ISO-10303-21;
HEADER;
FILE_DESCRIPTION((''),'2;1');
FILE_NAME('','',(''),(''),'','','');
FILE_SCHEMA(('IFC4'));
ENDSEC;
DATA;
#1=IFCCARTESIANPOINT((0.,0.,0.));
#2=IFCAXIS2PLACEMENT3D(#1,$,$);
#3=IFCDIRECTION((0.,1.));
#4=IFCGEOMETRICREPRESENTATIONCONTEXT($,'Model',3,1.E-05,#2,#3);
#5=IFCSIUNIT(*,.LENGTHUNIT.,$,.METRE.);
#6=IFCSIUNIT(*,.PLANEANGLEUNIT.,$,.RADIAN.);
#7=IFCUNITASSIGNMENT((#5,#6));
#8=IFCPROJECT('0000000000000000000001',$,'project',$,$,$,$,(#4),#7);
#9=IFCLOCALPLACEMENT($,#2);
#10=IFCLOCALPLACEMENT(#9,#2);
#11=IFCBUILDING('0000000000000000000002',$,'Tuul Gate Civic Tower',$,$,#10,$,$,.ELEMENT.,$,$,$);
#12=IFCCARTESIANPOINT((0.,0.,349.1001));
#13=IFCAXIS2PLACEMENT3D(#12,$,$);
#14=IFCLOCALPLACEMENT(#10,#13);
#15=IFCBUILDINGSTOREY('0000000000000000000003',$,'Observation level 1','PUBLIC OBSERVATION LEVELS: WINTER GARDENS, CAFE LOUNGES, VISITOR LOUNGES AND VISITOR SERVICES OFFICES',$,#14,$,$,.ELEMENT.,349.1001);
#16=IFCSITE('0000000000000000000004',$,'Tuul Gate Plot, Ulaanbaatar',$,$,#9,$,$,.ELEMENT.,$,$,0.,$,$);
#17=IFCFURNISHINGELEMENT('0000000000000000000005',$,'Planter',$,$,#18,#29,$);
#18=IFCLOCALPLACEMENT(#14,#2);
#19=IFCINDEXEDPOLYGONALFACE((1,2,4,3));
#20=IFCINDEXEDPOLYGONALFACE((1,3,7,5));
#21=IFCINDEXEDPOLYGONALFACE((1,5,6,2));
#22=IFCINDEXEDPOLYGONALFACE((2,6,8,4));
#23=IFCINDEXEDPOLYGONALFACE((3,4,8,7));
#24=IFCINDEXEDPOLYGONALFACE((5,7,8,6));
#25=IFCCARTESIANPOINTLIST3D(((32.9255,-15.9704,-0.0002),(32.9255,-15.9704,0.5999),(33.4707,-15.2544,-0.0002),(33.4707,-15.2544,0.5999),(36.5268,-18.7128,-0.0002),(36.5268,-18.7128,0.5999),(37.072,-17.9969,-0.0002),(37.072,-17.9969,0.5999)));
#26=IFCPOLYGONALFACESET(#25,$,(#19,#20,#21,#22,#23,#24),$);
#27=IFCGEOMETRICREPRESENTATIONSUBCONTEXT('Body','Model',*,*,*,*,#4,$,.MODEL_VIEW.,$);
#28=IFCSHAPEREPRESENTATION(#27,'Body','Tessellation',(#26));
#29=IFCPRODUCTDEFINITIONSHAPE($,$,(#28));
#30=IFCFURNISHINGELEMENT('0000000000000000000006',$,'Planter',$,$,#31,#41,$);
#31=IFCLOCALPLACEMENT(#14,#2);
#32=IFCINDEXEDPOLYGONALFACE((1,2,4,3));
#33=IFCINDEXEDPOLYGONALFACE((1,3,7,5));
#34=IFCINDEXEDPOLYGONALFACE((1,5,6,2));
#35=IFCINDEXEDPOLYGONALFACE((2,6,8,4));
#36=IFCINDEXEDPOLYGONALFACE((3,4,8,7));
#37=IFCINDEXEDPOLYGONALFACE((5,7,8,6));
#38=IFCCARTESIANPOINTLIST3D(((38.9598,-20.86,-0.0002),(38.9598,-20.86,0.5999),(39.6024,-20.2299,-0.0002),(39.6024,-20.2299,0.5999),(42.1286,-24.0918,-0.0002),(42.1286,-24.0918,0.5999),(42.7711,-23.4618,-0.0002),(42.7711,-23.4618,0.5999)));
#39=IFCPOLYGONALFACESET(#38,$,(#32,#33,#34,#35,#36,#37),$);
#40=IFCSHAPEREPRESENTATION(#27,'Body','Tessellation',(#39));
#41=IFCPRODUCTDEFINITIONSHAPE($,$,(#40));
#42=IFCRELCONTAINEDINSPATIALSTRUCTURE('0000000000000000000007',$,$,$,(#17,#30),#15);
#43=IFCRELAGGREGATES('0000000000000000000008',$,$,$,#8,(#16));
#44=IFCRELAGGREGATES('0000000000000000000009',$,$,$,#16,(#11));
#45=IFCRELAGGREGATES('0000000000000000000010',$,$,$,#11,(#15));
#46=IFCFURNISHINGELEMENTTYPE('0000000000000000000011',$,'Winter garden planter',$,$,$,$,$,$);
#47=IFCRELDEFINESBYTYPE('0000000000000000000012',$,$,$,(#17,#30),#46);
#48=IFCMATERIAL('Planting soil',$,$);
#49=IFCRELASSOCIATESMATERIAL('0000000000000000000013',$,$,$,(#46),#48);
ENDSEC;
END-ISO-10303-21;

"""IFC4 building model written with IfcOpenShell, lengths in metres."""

from ifc_helpers import new_model, si_unit, direction, frame, origin, origin_2d, place, context, subcontext, project, spatial, rectangle, extrude, material, type_object, element, save


model = new_model("IFC4")

# Units and contexts
model_context = context("Model", 3, precision=1e-05, world=origin(), true_north=direction((0.0, 1.0)))
body_context = subcontext(model_context, "Body", "Model", "MODEL_VIEW")
ifc_project = project(units=[si_unit("LENGTHUNIT", "METRE"), si_unit("PLANEANGLEUNIT", "RADIAN")], contexts=[model_context])

# Site, building, storey
site_placement = place(None, origin())
site = spatial("IfcSite", under=ifc_project, at=site_placement, Name="Tuul Gate Plot, Ulaanbaatar", CompositionType="ELEMENT", RefElevation=0.0)
building_placement = place(site_placement, origin())
building = spatial("IfcBuilding", under=site, at=building_placement, Name="Tuul Gate Civic Tower", CompositionType="ELEMENT")
storey_placement = place(building_placement, frame((0.0, 0.0, 349.1001)))
storey = spatial("IfcBuildingStorey", under=building, at=storey_placement, Name="Observation level 1", Description="PUBLIC OBSERVATION LEVELS: WINTER GARDENS, CAFE LOUNGES, VISITOR LOUNGES AND VISITOR SERVICES OFFICES", CompositionType="ELEMENT", Elevation=349.1001)

# Furnishing elements
ifc_material_1 = material(Name="Planting soil")
furnishing_element_type = type_object("IfcFurnishingElementType", Name="Winter garden planter", material=ifc_material_1)
furnishing_1_placement = place(storey_placement, frame((34.9988, -16.9836, -0.0002), z_axis=(0.0, 0.0, 1.0), x_axis=(0.795578, -0.605851, 0.0)))
element("IfcFurnishingElement", 1, at=furnishing_1_placement, inside=storey, type_object=furnishing_element_type, Name="Planter", context=body_context, shape_type="SweptSolid", body=[
    extrude(rectangle(XDim=4.5266, YDim=0.8999, at=origin_2d()), origin(), (0.0, 0.0, 1.0), 0.6001),
])
furnishing_2_placement = place(storey_placement, frame((40.8655, -22.1609, -0.0002), z_axis=(0.0, 0.0, 1.0), x_axis=(0.700097, -0.714048, 0.0)))
element("IfcFurnishingElement", 2, at=furnishing_2_placement, inside=storey, type_object=furnishing_element_type, Name="Planter", context=body_context, shape_type="SweptSolid", body=[
    extrude(rectangle(XDim=4.5261, YDim=0.8999, at=origin_2d()), origin(), (0.0, 0.0, 1.0), 0.6001),
])

save(model, "model.ifc")
